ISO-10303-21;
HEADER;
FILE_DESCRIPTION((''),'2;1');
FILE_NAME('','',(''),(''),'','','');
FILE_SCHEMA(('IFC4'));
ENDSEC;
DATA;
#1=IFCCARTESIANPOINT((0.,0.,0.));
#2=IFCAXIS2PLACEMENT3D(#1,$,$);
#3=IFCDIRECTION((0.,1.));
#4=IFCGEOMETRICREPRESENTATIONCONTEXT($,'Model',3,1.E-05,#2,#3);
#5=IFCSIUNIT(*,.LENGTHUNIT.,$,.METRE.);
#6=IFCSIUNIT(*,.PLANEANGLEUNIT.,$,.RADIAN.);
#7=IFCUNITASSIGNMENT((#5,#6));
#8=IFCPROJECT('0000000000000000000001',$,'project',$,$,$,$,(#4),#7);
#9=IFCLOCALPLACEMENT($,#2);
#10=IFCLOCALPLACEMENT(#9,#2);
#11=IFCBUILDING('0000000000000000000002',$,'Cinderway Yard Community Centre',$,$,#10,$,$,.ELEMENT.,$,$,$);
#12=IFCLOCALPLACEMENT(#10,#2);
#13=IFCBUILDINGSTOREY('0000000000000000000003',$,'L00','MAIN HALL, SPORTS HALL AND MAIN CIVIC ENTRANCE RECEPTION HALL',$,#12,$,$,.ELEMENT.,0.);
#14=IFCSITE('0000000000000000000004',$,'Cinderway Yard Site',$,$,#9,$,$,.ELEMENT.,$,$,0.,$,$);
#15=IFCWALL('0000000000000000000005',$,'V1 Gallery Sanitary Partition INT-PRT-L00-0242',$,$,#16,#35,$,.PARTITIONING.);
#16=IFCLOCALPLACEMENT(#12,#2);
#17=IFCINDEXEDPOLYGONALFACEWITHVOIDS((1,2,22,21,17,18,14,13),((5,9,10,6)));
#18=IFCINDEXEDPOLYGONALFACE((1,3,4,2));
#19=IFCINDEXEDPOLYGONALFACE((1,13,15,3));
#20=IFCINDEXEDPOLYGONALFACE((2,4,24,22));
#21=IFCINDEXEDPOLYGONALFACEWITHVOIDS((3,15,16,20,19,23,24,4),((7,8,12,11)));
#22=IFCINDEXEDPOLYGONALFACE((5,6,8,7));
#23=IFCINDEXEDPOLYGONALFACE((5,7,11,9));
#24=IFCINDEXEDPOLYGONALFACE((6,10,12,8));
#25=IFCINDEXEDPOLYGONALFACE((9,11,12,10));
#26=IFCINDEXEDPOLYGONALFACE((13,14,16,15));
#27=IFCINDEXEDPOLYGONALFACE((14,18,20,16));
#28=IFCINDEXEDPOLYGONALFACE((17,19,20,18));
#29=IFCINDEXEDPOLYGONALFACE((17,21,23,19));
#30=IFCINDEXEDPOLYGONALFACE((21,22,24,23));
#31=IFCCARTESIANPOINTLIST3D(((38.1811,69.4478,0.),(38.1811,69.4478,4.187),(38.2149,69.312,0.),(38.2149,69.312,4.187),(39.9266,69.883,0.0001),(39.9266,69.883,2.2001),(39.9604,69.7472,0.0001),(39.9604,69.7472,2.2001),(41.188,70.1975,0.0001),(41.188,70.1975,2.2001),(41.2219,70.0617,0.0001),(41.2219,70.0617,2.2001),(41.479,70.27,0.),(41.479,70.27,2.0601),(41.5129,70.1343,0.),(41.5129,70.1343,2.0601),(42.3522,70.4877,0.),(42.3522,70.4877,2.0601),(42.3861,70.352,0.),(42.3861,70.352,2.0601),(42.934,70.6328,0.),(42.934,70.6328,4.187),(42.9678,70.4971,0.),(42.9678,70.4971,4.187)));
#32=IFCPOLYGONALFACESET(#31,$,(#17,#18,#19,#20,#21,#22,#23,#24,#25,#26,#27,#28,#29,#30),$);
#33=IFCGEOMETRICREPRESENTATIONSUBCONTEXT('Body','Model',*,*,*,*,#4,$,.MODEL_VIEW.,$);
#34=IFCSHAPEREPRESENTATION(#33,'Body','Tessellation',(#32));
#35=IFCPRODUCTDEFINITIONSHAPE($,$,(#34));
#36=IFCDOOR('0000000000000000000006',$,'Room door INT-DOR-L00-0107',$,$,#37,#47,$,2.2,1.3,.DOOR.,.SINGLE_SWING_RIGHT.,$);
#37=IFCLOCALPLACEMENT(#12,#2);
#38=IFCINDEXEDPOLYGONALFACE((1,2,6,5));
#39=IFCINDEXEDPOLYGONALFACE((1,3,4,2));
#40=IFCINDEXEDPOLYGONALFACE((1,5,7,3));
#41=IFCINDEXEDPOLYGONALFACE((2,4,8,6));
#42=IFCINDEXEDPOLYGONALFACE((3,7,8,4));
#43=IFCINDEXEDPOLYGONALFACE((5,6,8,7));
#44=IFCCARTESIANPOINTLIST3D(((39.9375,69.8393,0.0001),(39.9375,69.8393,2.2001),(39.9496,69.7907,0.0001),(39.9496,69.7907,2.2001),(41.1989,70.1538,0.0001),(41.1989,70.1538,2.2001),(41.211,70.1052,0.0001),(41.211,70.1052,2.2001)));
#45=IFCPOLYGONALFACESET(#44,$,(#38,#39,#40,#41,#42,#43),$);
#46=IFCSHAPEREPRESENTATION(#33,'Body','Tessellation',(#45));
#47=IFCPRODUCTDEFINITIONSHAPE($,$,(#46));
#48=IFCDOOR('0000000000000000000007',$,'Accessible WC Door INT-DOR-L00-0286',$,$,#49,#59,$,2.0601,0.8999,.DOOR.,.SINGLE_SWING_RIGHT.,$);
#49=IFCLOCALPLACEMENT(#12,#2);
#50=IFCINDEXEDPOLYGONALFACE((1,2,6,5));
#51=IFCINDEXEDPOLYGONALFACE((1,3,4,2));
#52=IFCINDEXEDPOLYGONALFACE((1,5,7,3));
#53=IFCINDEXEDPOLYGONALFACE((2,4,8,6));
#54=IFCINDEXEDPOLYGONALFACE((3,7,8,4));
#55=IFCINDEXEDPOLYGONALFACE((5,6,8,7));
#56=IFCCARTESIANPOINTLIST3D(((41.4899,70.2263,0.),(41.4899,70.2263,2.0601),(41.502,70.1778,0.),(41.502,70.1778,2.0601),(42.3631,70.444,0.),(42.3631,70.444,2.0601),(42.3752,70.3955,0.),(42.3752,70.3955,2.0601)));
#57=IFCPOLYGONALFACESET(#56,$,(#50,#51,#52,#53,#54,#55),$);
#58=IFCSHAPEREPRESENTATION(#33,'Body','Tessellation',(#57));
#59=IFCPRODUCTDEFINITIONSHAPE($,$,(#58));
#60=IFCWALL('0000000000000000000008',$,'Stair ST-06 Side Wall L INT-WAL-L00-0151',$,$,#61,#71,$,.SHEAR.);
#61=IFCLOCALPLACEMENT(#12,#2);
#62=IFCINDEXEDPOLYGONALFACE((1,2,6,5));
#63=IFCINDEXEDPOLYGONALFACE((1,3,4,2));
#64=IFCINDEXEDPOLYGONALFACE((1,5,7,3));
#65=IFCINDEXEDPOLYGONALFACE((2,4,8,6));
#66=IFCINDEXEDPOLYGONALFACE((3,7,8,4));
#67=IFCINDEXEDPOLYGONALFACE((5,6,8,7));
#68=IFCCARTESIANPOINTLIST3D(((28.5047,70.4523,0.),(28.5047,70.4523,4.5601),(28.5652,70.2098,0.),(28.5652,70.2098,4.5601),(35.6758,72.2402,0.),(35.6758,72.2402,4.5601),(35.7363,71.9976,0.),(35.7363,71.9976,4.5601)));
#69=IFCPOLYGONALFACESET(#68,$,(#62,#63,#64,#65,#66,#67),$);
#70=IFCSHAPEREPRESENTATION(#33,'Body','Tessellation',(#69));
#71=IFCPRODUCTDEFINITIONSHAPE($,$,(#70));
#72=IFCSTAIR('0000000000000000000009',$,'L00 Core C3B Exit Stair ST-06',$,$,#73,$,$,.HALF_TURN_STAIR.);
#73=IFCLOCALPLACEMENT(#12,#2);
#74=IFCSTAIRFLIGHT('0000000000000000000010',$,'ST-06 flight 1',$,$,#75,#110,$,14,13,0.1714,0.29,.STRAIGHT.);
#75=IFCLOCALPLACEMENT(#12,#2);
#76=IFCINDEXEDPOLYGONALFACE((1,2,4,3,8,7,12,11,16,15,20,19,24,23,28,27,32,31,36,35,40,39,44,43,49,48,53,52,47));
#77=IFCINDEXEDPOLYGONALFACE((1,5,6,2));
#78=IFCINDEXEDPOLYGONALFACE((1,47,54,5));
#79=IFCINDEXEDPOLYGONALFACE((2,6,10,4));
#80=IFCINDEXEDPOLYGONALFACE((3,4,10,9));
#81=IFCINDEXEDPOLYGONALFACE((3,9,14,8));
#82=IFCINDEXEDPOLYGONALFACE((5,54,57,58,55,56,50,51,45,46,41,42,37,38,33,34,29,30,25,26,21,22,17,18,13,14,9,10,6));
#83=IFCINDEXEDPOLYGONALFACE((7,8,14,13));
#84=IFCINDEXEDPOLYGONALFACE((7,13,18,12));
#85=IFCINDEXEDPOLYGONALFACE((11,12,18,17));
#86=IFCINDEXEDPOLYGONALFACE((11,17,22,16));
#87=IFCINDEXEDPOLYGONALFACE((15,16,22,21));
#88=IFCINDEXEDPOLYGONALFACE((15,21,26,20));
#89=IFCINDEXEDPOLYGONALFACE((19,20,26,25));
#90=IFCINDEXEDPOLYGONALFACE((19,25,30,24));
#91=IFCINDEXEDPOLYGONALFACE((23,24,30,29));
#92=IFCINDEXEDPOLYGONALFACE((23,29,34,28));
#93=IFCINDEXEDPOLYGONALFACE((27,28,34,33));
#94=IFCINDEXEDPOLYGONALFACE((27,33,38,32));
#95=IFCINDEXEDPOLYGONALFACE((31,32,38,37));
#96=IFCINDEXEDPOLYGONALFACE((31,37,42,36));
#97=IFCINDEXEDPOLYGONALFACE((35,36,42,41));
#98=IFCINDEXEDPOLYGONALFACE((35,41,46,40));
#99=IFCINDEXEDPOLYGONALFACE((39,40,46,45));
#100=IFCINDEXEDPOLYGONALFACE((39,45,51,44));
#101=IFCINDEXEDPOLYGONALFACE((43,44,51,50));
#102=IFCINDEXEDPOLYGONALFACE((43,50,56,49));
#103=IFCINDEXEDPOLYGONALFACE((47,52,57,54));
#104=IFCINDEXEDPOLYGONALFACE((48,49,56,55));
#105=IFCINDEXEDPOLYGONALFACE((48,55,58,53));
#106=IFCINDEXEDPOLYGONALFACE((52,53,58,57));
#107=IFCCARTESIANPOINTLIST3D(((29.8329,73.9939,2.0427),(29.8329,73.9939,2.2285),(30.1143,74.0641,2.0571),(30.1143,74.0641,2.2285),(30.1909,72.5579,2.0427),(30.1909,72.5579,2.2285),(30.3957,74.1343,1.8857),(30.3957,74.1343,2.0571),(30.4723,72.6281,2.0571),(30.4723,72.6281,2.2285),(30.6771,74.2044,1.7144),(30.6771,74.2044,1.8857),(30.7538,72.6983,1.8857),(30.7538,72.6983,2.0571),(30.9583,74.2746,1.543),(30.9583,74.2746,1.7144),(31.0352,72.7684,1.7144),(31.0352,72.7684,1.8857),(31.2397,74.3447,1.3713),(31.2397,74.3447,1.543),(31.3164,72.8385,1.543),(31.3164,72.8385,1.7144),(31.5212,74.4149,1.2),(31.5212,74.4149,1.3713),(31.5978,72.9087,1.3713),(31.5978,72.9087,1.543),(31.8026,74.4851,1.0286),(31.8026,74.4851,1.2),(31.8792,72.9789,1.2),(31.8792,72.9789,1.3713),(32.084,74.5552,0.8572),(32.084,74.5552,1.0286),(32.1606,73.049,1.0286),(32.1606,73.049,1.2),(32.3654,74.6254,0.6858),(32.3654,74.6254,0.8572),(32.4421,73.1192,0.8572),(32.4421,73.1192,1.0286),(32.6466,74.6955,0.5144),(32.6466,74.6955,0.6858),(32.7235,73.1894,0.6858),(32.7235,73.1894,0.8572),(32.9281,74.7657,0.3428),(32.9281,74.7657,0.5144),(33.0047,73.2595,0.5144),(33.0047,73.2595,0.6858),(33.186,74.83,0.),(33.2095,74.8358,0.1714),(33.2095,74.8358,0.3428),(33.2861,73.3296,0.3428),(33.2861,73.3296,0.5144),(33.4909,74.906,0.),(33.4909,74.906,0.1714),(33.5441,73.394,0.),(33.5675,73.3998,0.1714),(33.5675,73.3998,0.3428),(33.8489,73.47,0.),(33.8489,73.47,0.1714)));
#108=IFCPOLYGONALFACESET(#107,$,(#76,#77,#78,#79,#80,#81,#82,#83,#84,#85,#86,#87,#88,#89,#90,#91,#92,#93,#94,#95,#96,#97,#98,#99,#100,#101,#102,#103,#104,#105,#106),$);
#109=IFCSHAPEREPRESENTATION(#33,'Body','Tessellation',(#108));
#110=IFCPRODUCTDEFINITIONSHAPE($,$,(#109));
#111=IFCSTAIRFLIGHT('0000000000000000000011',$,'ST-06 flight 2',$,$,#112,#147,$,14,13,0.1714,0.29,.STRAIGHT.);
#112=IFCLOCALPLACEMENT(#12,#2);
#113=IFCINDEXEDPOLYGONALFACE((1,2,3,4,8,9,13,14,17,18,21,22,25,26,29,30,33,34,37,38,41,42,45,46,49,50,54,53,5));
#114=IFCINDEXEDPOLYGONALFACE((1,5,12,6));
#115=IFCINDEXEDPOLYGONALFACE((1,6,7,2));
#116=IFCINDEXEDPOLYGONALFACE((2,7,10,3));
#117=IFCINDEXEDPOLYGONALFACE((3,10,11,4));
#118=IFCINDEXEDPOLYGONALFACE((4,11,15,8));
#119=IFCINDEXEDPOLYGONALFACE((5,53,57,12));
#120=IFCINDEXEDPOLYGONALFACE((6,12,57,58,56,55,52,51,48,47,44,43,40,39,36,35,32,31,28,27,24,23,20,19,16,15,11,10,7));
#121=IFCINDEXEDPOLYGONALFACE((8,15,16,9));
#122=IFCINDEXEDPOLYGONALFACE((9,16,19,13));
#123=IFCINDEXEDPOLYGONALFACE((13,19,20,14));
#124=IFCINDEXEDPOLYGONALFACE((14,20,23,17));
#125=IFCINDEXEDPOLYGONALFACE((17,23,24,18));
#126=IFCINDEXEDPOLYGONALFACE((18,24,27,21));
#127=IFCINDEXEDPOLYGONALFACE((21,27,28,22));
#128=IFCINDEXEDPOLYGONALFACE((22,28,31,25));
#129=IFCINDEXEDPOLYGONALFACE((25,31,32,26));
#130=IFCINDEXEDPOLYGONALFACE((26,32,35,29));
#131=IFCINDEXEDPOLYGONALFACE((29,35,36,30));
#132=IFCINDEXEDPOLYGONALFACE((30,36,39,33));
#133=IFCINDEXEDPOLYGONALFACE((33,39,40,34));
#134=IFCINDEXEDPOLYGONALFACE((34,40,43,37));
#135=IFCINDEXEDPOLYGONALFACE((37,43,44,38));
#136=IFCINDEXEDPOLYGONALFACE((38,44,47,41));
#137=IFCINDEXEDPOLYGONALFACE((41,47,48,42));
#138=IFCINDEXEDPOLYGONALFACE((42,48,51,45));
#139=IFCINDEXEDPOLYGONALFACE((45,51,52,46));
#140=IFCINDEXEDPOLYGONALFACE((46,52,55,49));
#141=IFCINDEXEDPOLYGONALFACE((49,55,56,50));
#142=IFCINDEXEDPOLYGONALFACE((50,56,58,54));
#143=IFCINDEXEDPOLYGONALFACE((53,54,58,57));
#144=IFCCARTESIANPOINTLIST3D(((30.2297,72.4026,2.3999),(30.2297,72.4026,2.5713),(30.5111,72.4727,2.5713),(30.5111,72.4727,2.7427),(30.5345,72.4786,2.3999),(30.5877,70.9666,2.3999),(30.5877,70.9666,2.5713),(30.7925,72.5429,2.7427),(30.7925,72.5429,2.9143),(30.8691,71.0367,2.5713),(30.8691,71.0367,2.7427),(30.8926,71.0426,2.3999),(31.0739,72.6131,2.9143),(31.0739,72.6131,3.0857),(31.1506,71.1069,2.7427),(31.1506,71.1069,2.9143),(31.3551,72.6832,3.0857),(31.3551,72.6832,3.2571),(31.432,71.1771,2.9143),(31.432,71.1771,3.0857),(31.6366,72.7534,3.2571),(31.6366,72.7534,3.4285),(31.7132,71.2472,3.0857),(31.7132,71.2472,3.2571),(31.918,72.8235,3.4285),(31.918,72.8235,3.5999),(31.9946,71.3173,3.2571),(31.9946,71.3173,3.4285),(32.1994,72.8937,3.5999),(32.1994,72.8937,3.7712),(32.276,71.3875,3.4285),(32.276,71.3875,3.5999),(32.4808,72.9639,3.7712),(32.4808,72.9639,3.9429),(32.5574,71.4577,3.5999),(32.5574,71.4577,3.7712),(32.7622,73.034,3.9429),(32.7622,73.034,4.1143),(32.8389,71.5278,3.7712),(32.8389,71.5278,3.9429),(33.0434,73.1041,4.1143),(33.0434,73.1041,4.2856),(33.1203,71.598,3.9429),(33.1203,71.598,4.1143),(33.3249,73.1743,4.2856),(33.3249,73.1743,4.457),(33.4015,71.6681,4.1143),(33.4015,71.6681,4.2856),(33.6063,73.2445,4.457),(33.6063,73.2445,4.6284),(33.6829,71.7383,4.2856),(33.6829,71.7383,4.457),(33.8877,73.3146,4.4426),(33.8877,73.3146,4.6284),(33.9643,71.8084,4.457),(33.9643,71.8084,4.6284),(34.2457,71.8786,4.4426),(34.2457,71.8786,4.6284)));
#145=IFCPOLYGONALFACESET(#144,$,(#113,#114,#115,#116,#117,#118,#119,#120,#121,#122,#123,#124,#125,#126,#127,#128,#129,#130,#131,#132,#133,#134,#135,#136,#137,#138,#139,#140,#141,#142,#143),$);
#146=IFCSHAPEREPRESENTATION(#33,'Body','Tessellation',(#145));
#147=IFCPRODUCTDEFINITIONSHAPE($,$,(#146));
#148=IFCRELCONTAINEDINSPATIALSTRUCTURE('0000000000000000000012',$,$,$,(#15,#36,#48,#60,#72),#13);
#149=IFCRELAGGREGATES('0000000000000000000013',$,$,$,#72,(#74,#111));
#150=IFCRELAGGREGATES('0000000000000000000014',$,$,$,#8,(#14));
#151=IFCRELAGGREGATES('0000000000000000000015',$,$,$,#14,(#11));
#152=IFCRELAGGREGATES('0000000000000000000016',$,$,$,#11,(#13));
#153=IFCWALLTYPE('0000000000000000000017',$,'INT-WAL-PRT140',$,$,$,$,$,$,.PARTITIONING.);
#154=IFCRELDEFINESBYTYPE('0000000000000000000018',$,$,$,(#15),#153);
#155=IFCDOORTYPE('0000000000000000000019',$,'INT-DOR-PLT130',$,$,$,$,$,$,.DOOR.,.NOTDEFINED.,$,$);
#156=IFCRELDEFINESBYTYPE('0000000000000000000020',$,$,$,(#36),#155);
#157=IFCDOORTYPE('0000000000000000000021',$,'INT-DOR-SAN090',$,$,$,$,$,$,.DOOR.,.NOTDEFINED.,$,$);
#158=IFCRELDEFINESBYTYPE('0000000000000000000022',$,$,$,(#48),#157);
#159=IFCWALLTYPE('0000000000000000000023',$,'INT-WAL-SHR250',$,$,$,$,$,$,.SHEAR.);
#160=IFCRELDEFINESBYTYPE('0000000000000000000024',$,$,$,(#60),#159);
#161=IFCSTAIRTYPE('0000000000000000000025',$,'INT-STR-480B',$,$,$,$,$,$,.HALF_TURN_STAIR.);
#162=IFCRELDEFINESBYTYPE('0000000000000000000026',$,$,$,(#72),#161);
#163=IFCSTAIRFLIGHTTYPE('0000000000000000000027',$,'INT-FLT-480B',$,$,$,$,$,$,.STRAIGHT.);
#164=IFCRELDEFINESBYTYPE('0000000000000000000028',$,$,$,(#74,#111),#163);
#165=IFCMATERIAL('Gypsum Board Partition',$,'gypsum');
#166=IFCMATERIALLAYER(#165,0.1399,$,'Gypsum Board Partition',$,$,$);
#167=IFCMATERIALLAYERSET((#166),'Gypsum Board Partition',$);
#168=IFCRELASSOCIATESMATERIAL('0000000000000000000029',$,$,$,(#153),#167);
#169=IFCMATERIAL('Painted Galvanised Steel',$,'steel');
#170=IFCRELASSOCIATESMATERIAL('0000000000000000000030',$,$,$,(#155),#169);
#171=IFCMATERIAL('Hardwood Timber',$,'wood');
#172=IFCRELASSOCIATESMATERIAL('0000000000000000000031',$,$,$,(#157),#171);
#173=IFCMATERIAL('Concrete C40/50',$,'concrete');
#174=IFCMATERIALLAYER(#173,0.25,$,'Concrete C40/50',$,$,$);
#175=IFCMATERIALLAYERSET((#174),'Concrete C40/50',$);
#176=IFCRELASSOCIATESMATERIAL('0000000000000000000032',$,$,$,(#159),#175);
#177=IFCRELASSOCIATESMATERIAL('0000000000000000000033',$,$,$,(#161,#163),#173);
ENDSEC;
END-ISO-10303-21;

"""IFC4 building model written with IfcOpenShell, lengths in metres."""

from ifc_helpers import new_model, si_unit, direction, frame, frame_2d, origin, place, context, subcontext, project, spatial, polyline, rectangle, outline, extrude, material, layer, layer_set, type_object, element, fill, aggregate, save


model = new_model("IFC4")

# Units and contexts
model_context = context("Model", 3, precision=1e-05, world=origin(), true_north=direction((0.0, 1.0)))
body_context = subcontext(model_context, "Body", "Model", "MODEL_VIEW")
ifc_project = project(units=[si_unit("LENGTHUNIT", "METRE"), si_unit("PLANEANGLEUNIT", "RADIAN")], contexts=[model_context])

# Site, building, storey
site_placement = place(None, origin())
site = spatial("IfcSite", under=ifc_project, at=site_placement, Name="Cinderway Yard Site", CompositionType="ELEMENT", RefElevation=0.0)
building_placement = place(site_placement, origin())
building = spatial("IfcBuilding", under=site, at=building_placement, Name="Cinderway Yard Community Centre", CompositionType="ELEMENT")
storey_placement = place(building_placement, origin())
storey = spatial("IfcBuildingStorey", under=building, at=storey_placement, Name="L00", Description="MAIN HALL, SPORTS HALL AND MAIN CIVIC ENTRANCE RECEPTION HALL", CompositionType="ELEMENT", Elevation=0.0)

# Shared definitions
ifc_material_1 = material(Name="Concrete C40/50", Category="concrete")

# Wall, openings, doors
ifc_material_2 = material(Name="Gypsum Board Partition", Category="gypsum")
ifc_layer_1 = layer(ifc_material_2, 0.1399, Name="Gypsum Board Partition")
ifc_layer_set_1 = layer_set([ifc_layer_1], Name="Gypsum Board Partition")
wall_type_1 = type_object("IfcWallType", Name="INT-WAL-PRT140", PredefinedType="PARTITIONING", material=ifc_layer_set_1)
wall_1_placement = place(storey_placement, frame((38.198, 69.3799, 0.0), z_axis=(0.0, 0.0, 1.0), x_axis=(0.970295, 0.241926, 0.0)))
wall_1 = element("IfcWall", 1, at=wall_1_placement, inside=storey, type_object=wall_type_1, Name="V1 Gallery Sanitary Partition INT-PRT-L00-0242", PredefinedType="PARTITIONING", context=body_context, shape_type="SweptSolid", body=[
    extrude(rectangle(XDim=4.8984, YDim=0.1399, at=frame_2d((2.4492, 0.0))), origin(), (0.0, 0.0, 1.0), 4.187),
])
opening_1_placement = place(wall_1_placement, frame((1.7991, 0.0, 0.0)))
opening_1 = element("IfcOpeningElement", 2, at=opening_1_placement, cuts=wall_1, PredefinedType="OPENING", context=body_context, shape_type="SweptSolid", body=[
    extrude(rectangle(XDim=1.3, YDim=2.2, at=frame_2d((0.6499, 1.1001))), frame((0.0, 0.0798, 0.0), z_axis=(0.0, -1.0, 0.0), x_axis=(1.0, 0.0, 0.0)), (0.0, 0.0, 1.0), 0.1599),
])
opening_2_placement = place(wall_1_placement, frame((3.3989, 0.0, 0.0)))
opening_2 = element("IfcOpeningElement", 3, at=opening_2_placement, cuts=wall_1, PredefinedType="OPENING", context=body_context, shape_type="SweptSolid", body=[
    extrude(rectangle(XDim=0.8999, YDim=2.0601, at=frame_2d((0.45, 1.03))), frame((0.0, 0.0798, 0.0), z_axis=(0.0, -1.0, 0.0), x_axis=(1.0, 0.0, 0.0)), (0.0, 0.0, 1.0), 0.1599),
])
ifc_material_3 = material(Name="Painted Galvanised Steel", Category="steel")
door_type_1 = type_object("IfcDoorType", Name="INT-DOR-PLT130", OperationType="NOTDEFINED", PredefinedType="DOOR", material=ifc_material_3)
door_1_placement = place(opening_1_placement, origin())
door_1 = element("IfcDoor", 4, at=door_1_placement, inside=storey, type_object=door_type_1, Name="Room door INT-DOR-L00-0107", OperationType="SINGLE_SWING_RIGHT", OverallHeight=2.2, OverallWidth=1.3, PredefinedType="DOOR", context=body_context, shape_type="SweptSolid", body=[
    extrude(rectangle(XDim=1.3, YDim=2.2, at=frame_2d((0.6499, 1.1001))), frame((0.0, 0.0249, 0.0), z_axis=(0.0, -1.0, 0.0), x_axis=(1.0, 0.0, 0.0)), (0.0, 0.0, 1.0), 0.05),
])
fill(opening_1, door_1)
ifc_material_4 = material(Name="Hardwood Timber", Category="wood")
door_type_2 = type_object("IfcDoorType", Name="INT-DOR-SAN090", OperationType="NOTDEFINED", PredefinedType="DOOR", material=ifc_material_4)
door_2_placement = place(opening_2_placement, origin())
door_2 = element("IfcDoor", 5, at=door_2_placement, inside=storey, type_object=door_type_2, Name="Accessible WC Door INT-DOR-L00-0286", OperationType="SINGLE_SWING_RIGHT", OverallHeight=2.0601, OverallWidth=0.8999, PredefinedType="DOOR", context=body_context, shape_type="SweptSolid", body=[
    extrude(rectangle(XDim=0.8999, YDim=2.0601, at=frame_2d((0.45, 1.03))), frame((0.0, 0.0249, 0.0), z_axis=(0.0, -1.0, 0.0), x_axis=(1.0, 0.0, 0.0)), (0.0, 0.0, 1.0), 0.05),
])
fill(opening_2, door_2)

# Wall
ifc_layer_2 = layer(ifc_material_1, 0.25, Name="Concrete C40/50")
ifc_layer_set_2 = layer_set([ifc_layer_2], Name="Concrete C40/50")
wall_type_2 = type_object("IfcWallType", Name="INT-WAL-SHR250", PredefinedType="SHEAR", material=ifc_layer_set_2)
wall_2_placement = place(storey_placement, frame((35.7061, 72.1189, 0.0), z_axis=(0.0, 0.0, 1.0), x_axis=(-0.9703, -0.241906, 0.0)))
element("IfcWall", 6, at=wall_2_placement, inside=storey, type_object=wall_type_2, Name="Stair ST-06 Side Wall L INT-WAL-L00-0151", PredefinedType="SHEAR", context=body_context, shape_type="SweptSolid", body=[
    extrude(rectangle(XDim=7.3906, YDim=0.25, at=frame_2d((3.6953, 0.0))), origin(), (0.0, 0.0, 1.0), 4.5601),
])

# Stair, stair flights
stair_type = type_object("IfcStairType", Name="INT-STR-480B", PredefinedType="HALF_TURN_STAIR", material=ifc_material_1)
stair_placement = place(storey_placement, origin())
stair = element("IfcStair", 7, at=stair_placement, inside=storey, type_object=stair_type, Name="L00 Core C3B Exit Stair ST-06", PredefinedType="HALF_TURN_STAIR")
stair_flight_type = type_object("IfcStairFlightType", Name="INT-FLT-480B", PredefinedType="STRAIGHT", material=ifc_material_1)
stair_flight_1_placement = place(storey_placement, frame((33.6699, 74.188, 0.0), z_axis=(0.0, 0.0, 1.0), x_axis=(-0.970296, -0.241922, 0.0)))
stair_flight_1 = element("IfcStairFlight", 8, at=stair_flight_1_placement, type_object=stair_flight_type, Name="ST-06 flight 1", NumberOfRisers=14, NumberOfTreads=13, PredefinedType="STRAIGHT", RiserHeight=0.1714, TreadLength=0.29, context=body_context, shape_type="SweptSolid", body=[
    extrude(outline(polyline([(0.0, 0.0), (0.0, 0.1714), (0.29, 0.1714), (0.29, 0.3428), (0.5801, 0.3428), (0.5801, 0.5144), (0.8701, 0.5144), (0.8701, 0.6858), (1.1599, 0.6858), (1.1599, 0.8572), (1.45, 0.8572), (1.45, 1.0286), (1.74, 1.0286), (1.74, 1.2), (2.03, 1.2), (2.03, 1.3713), (2.3201, 1.3713), (2.3201, 1.543), (2.6101, 1.543), (2.6101, 1.7144), (2.8999, 1.7144), (2.8999, 1.8857), (3.1899, 1.8857), (3.1899, 2.0571), (3.48, 2.0571), (3.48, 2.2285), (3.77, 2.2285), (3.77, 2.3999), (3.77, 2.0427), (0.3142, 0.0), (0.0, 0.0)])), frame((0.0, 0.74, 0.0), z_axis=(0.0, -1.0, 0.0), x_axis=(1.0, 0.0, 0.0)), (0.0, 0.0, 1.0), 1.48),
])
stair_flight_2_placement = place(storey_placement, frame((30.4087, 71.6846, 2.3999), z_axis=(0.0, 0.0, 1.0), x_axis=(0.970296, 0.241922, 0.0)))
stair_flight_2 = element("IfcStairFlight", 9, at=stair_flight_2_placement, type_object=stair_flight_type, Name="ST-06 flight 2", NumberOfRisers=14, NumberOfTreads=13, PredefinedType="STRAIGHT", RiserHeight=0.1714, TreadLength=0.29, context=body_context, shape_type="SweptSolid", body=[
    extrude(outline(polyline([(0.0, 0.0), (0.0, 0.1714), (0.29, 0.1714), (0.29, 0.3428), (0.5801, 0.3428), (0.5801, 0.5144), (0.8701, 0.5144), (0.8701, 0.6858), (1.1599, 0.6858), (1.1599, 0.8572), (1.45, 0.8572), (1.45, 1.0286), (1.74, 1.0286), (1.74, 1.2), (2.03, 1.2), (2.03, 1.3713), (2.3201, 1.3713), (2.3201, 1.543), (2.6101, 1.543), (2.6101, 1.7144), (2.8999, 1.7144), (2.8999, 1.8857), (3.1899, 1.8857), (3.1899, 2.0571), (3.48, 2.0571), (3.48, 2.2285), (3.77, 2.2285), (3.77, 2.3999), (3.77, 2.0427), (0.3142, 0.0), (0.0, 0.0)])), frame((0.0, 0.74, 0.0), z_axis=(0.0, -1.0, 0.0), x_axis=(1.0, 0.0, 0.0)), (0.0, 0.0, 1.0), 1.48),
])
aggregate(stair, [stair_flight_1, stair_flight_2])

save(model, "model.ifc")
